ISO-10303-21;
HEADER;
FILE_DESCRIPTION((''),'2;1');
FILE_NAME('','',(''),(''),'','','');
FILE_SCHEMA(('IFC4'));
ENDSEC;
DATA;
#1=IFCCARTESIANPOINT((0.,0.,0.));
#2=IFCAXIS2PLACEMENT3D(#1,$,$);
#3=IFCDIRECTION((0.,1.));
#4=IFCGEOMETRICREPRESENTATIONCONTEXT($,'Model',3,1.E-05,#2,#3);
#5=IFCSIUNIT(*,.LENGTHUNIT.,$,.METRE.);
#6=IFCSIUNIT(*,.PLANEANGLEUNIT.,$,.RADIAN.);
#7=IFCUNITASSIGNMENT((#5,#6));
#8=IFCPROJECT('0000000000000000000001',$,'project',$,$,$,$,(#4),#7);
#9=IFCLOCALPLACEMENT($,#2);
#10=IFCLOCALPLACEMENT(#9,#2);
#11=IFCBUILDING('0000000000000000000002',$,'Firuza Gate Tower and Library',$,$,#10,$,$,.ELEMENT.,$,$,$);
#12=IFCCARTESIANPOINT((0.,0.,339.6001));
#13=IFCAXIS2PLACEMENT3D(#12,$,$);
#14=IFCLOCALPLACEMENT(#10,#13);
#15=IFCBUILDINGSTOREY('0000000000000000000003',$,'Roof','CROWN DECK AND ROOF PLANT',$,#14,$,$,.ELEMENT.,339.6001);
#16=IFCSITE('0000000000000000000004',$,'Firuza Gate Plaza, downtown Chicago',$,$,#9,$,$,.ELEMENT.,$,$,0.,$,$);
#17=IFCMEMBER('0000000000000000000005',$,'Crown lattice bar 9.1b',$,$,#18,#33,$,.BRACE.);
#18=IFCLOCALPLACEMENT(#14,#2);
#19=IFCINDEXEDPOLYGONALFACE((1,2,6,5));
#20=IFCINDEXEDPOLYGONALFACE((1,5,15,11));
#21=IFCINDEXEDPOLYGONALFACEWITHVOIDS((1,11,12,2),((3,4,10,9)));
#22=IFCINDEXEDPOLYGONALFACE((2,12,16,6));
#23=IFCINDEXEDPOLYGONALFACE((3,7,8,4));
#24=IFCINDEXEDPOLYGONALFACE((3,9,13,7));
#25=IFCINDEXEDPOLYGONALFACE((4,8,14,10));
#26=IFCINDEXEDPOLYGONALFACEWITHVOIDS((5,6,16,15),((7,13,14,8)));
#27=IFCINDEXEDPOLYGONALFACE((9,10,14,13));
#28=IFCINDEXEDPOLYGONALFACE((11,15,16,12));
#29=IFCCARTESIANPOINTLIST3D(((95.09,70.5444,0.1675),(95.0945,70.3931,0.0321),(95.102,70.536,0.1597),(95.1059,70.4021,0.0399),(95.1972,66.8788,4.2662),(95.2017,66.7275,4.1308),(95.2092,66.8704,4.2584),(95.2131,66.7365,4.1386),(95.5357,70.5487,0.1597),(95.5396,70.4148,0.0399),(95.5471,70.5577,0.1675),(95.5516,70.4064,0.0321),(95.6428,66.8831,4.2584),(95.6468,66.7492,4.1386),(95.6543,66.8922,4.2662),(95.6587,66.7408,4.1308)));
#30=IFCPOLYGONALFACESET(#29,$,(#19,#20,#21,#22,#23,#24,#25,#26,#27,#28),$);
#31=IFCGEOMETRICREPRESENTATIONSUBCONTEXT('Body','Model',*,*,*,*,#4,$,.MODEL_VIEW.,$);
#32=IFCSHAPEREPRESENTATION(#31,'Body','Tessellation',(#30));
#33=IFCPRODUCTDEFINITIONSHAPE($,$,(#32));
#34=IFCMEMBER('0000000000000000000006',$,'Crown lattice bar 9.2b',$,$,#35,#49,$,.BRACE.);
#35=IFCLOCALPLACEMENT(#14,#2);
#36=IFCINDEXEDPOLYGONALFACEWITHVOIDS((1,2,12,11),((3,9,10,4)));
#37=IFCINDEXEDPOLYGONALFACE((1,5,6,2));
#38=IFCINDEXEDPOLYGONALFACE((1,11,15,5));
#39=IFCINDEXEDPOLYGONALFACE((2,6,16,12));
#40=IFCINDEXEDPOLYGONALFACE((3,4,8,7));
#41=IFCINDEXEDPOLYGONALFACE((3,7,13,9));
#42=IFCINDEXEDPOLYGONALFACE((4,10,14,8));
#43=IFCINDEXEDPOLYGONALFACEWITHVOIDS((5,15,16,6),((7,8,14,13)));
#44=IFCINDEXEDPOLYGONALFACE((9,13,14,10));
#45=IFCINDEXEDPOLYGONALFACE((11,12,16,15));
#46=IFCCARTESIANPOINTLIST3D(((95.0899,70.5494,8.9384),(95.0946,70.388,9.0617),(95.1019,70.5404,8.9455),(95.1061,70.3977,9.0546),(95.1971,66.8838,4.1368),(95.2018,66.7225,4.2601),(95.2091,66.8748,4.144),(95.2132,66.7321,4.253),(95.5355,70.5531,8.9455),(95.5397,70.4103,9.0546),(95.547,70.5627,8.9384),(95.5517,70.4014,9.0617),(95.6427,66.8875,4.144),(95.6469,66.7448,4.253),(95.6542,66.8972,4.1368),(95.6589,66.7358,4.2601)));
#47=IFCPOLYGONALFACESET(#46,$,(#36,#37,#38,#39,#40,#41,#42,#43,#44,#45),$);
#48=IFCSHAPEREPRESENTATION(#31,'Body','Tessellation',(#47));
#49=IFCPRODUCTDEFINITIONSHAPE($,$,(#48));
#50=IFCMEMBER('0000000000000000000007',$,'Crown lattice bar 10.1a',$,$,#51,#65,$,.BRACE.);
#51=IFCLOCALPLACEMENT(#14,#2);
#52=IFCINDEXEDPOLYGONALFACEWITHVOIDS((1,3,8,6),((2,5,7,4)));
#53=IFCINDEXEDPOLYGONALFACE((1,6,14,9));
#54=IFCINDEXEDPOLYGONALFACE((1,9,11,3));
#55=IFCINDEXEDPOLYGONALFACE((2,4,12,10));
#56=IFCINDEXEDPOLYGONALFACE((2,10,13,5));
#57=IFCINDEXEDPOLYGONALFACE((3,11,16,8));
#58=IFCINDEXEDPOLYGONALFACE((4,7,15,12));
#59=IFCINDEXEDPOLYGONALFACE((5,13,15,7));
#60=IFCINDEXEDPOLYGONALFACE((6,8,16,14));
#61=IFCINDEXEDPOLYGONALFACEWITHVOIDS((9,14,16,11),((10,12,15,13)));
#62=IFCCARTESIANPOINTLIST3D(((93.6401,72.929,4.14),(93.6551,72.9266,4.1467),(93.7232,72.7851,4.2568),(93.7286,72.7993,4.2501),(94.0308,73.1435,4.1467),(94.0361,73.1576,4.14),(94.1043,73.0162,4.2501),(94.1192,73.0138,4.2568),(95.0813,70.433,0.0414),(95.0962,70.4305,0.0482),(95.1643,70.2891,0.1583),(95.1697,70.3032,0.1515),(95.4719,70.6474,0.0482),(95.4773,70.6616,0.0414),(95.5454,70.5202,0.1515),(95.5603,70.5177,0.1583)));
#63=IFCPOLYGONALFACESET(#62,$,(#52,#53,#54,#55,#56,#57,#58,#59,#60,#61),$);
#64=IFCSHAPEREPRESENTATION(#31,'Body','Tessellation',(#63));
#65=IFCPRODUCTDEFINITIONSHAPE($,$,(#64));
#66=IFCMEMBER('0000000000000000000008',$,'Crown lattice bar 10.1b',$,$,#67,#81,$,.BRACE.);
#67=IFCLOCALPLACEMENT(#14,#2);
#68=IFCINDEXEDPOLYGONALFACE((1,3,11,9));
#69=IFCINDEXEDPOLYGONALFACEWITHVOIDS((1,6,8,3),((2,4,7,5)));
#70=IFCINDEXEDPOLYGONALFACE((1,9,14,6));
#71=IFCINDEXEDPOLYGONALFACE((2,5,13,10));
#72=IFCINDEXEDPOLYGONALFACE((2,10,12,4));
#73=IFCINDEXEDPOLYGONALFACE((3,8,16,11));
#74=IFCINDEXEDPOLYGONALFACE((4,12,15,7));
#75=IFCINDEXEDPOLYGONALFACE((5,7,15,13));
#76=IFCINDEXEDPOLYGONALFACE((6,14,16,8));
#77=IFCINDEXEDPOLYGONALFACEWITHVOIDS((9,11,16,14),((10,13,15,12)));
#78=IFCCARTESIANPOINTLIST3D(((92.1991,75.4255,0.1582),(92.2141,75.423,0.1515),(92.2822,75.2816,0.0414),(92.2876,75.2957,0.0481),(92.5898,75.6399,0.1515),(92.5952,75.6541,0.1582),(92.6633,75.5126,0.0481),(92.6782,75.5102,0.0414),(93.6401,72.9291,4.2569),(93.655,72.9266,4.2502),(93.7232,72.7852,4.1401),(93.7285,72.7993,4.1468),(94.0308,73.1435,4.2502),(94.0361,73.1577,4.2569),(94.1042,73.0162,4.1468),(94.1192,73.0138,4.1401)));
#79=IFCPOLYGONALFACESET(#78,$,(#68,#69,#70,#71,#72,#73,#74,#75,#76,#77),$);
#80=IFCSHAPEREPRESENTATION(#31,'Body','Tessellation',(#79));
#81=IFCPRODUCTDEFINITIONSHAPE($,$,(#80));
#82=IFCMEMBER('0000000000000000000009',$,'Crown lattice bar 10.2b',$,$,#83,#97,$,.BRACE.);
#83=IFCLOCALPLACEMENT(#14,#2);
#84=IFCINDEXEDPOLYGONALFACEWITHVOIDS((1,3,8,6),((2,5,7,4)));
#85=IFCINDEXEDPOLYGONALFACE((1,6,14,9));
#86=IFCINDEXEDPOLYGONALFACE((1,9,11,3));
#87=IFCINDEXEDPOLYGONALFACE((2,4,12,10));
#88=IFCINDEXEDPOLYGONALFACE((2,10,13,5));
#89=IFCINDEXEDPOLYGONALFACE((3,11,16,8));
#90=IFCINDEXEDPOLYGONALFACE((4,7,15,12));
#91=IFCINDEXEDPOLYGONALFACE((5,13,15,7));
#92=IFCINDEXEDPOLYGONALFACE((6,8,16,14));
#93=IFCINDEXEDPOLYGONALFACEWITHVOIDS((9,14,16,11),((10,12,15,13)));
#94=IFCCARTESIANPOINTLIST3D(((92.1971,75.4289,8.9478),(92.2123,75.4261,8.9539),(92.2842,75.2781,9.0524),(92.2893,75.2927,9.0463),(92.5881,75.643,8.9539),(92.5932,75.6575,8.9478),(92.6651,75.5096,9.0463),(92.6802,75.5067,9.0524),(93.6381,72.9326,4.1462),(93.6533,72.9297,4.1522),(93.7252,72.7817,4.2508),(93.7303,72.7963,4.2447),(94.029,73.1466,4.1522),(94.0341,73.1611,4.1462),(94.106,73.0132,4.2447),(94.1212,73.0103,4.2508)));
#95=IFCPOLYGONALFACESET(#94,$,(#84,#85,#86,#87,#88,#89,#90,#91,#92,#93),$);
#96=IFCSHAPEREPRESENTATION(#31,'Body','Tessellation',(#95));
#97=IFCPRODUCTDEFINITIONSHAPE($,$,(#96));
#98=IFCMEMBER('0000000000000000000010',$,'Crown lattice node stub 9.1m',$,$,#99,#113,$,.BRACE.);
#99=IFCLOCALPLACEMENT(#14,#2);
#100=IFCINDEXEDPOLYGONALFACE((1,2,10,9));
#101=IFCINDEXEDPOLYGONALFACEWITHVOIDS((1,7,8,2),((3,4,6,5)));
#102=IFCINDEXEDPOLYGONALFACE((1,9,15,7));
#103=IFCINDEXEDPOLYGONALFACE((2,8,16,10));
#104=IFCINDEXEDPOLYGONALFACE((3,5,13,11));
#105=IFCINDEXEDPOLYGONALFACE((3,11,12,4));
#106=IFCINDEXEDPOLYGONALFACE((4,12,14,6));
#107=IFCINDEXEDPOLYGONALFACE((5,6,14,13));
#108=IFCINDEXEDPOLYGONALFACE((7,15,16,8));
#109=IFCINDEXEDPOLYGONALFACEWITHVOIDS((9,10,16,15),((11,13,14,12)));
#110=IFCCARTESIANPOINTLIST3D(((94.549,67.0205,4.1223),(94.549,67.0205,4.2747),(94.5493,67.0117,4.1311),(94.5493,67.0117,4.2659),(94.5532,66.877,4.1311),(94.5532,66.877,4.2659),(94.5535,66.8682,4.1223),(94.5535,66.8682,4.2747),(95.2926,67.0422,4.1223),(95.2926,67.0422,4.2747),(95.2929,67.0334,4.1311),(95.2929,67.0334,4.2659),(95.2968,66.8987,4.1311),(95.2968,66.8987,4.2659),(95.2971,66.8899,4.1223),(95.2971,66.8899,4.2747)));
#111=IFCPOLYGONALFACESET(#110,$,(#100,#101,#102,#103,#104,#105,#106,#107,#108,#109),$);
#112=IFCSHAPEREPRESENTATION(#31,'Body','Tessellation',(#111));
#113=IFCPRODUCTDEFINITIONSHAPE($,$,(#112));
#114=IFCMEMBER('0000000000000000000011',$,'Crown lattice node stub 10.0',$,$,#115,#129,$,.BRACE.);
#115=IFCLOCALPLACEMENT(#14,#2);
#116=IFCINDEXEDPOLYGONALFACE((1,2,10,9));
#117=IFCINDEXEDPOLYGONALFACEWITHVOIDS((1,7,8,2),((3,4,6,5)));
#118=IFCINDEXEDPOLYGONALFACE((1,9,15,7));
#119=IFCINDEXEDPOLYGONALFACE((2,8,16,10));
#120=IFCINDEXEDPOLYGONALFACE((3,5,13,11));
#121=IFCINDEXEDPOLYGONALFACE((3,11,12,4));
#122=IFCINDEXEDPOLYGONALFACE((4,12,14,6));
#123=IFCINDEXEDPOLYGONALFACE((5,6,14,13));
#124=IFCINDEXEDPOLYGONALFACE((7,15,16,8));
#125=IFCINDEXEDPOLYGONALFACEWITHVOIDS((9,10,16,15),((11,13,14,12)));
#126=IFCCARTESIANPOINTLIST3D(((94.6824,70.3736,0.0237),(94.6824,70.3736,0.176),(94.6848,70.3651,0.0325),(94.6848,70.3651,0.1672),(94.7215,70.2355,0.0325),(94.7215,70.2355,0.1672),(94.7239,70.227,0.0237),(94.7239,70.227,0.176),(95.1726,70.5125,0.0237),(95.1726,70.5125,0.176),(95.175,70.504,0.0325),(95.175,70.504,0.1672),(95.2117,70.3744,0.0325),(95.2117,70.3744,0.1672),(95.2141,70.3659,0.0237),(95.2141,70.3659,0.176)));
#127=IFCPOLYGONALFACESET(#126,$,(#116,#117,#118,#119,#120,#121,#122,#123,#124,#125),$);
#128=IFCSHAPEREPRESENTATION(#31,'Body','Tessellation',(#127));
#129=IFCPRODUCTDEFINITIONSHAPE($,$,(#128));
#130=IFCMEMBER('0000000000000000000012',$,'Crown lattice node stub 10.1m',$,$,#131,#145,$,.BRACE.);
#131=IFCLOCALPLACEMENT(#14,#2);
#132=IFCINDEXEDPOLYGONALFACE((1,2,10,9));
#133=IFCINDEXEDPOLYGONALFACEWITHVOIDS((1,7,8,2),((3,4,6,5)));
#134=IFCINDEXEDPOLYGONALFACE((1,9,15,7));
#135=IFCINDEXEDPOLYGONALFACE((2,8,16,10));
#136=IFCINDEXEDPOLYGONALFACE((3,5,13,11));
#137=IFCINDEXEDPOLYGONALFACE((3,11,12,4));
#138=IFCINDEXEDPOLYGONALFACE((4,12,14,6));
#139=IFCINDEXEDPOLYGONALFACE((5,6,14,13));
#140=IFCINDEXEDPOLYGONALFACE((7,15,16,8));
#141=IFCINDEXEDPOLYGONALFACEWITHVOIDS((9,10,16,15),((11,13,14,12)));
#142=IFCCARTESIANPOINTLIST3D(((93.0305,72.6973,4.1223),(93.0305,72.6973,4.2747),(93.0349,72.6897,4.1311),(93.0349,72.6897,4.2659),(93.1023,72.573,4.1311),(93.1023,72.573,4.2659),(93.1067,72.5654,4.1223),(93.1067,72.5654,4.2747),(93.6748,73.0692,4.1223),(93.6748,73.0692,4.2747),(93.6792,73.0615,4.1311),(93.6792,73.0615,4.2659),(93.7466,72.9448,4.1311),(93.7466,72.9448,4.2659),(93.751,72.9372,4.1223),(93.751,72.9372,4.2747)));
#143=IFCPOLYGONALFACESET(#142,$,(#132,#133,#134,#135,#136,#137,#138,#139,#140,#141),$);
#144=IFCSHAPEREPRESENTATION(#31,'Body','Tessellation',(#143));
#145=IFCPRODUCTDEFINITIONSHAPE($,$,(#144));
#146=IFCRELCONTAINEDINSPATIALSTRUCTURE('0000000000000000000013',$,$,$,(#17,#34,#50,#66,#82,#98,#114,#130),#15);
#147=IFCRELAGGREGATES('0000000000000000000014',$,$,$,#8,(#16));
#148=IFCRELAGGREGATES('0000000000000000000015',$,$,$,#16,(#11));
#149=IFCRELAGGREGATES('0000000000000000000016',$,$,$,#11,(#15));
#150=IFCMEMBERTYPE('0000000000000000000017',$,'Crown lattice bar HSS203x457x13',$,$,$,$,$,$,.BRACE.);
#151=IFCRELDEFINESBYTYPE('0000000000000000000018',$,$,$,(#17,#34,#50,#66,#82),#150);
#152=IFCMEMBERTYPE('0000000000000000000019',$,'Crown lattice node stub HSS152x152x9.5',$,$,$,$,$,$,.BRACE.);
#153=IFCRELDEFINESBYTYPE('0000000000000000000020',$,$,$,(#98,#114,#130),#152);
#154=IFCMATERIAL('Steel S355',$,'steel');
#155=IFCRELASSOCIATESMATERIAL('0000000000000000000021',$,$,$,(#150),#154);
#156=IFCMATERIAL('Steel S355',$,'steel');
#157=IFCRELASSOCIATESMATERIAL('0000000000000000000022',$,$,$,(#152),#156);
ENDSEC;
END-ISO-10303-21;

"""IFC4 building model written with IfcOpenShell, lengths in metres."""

from ifc_helpers import new_model, si_unit, direction, frame, origin, origin_2d, place, context, subcontext, project, spatial, hollow_rectangle, extrude, material, material_profile, profile_set, type_object, element, save


model = new_model("IFC4")

# Units and contexts
model_context = context("Model", 3, precision=1e-05, world=origin(), true_north=direction((0.0, 1.0)))
body_context = subcontext(model_context, "Body", "Model", "MODEL_VIEW")
ifc_project = project(units=[si_unit("LENGTHUNIT", "METRE"), si_unit("PLANEANGLEUNIT", "RADIAN")], contexts=[model_context])

# Site, building, storey
site_placement = place(None, origin())
site = spatial("IfcSite", under=ifc_project, at=site_placement, Name="Firuza Gate Plaza, downtown Chicago", CompositionType="ELEMENT", RefElevation=0.0)
building_placement = place(site_placement, origin())
building = spatial("IfcBuilding", under=site, at=building_placement, Name="Firuza Gate Tower and Library", CompositionType="ELEMENT")
storey_placement = place(building_placement, frame((0.0, 0.0, 339.6001)))
storey = spatial("IfcBuildingStorey", under=building, at=storey_placement, Name="Roof", Description="CROWN DECK AND ROOF PLANT", CompositionType="ELEMENT", Elevation=339.6001)

# Members
ifc_material_1 = material(Name="Steel S355", Category="steel")
ifc_material_profile_1 = material_profile(ifc_material_1, hollow_rectangle(XDim=0.4573, YDim=0.2031, WallThickness=0.0117, at=origin_2d()))
ifc_profile_set_1 = profile_set([ifc_material_profile_1], Name="Steel S355")
member_type_1 = type_object("IfcMemberType", Name="Crown lattice bar HSS203x457x13", PredefinedType="BRACE", material=ifc_profile_set_1)
member_1_placement = place(storey_placement, frame((95.428, 66.8098, 4.1985), z_axis=(-0.019488, 0.6665, -0.745251), x_axis=(-0.999573, -0.029227, 0.0)))
element("IfcMember", 1, at=member_1_placement, inside=storey, type_object=member_type_1, Name="Crown lattice bar 9.1b", PredefinedType="BRACE", context=body_context, shape_type="SweptSolid", body=[
    extrude(hollow_rectangle(XDim=0.4573, YDim=0.2031, WallThickness=0.0117, at=origin_2d()), origin(), (0.0, 0.0, 1.0), 5.4998),
])
member_2_placement = place(storey_placement, frame((95.428, 66.8098, 4.1985), z_axis=(-0.01774, 0.606705, 0.794729), x_axis=(-0.999573, -0.029227, 0.0)))
element("IfcMember", 2, at=member_2_placement, inside=storey, type_object=member_type_1, Name="Crown lattice bar 9.2b", PredefinedType="BRACE", context=body_context, shape_type="SweptSolid", body=[
    extrude(hollow_rectangle(XDim=0.4573, YDim=0.2031, WallThickness=0.0117, at=origin_2d()), origin(), (0.0, 0.0, 1.0), 6.0417),
])
member_3_placement = place(storey_placement, frame((95.3208, 70.4753, 0.0999), z_axis=(-0.287622, 0.498162, 0.817991), x_axis=(-0.866019, -0.500011, 0.0)))
element("IfcMember", 3, at=member_3_placement, inside=storey, type_object=member_type_1, Name="Crown lattice bar 10.1a", PredefinedType="BRACE", context=body_context, shape_type="SweptSolid", body=[
    extrude(hollow_rectangle(XDim=0.4573, YDim=0.2031, WallThickness=0.0117, at=origin_2d()), origin(), (0.0, 0.0, 1.0), 5.0105),
])
member_4_placement = place(storey_placement, frame((93.8796, 72.9714, 4.1985), z_axis=(-0.28757, 0.498205, -0.817982), x_axis=(-0.866077, -0.499911, 0.0)))
element("IfcMember", 4, at=member_4_placement, inside=storey, type_object=member_type_1, Name="Crown lattice bar 10.1b", PredefinedType="BRACE", context=body_context, shape_type="SweptSolid", body=[
    extrude(hollow_rectangle(XDim=0.4573, YDim=0.2031, WallThickness=0.0117, at=origin_2d()), origin(), (0.0, 0.0, 1.0), 5.0107),
])
member_5_placement = place(storey_placement, frame((93.8796, 72.9714, 4.1985), z_axis=(-0.257297, 0.445757, 0.857379), x_axis=(-0.866077, -0.499911, 0.0)))
element("IfcMember", 5, at=member_5_placement, inside=storey, type_object=member_type_1, Name="Crown lattice bar 10.2b", PredefinedType="BRACE", context=body_context, shape_type="SweptSolid", body=[
    extrude(hollow_rectangle(XDim=0.4573, YDim=0.2031, WallThickness=0.0117, at=origin_2d()), origin(), (0.0, 0.0, 1.0), 5.6003),
])
ifc_material_2 = material(Name="Steel S355", Category="steel")
ifc_material_profile_2 = material_profile(ifc_material_2, hollow_rectangle(XDim=0.1523, YDim=0.1523, WallThickness=0.0088, at=origin_2d()))
ifc_profile_set_2 = profile_set([ifc_material_profile_2], Name="Steel S355")
member_type_2 = type_object("IfcMemberType", Name="Crown lattice node stub HSS152x152x9.5", PredefinedType="BRACE", material=ifc_profile_set_2)
member_6_placement = place(storey_placement, frame((94.5513, 66.9443, 4.1985), z_axis=(0.999573, 0.029206, 0.0), x_axis=(-0.029206, 0.999573, 0.0)))
element("IfcMember", 6, at=member_6_placement, inside=storey, type_object=member_type_2, Name="Crown lattice node stub 9.1m", PredefinedType="BRACE", context=body_context, shape_type="SweptSolid", body=[
    extrude(hollow_rectangle(XDim=0.1523, YDim=0.1523, WallThickness=0.0088, at=origin_2d()), origin(), (0.0, 0.0, 1.0), 0.7439),
])
member_7_placement = place(storey_placement, frame((94.7031, 70.3003, 0.0999), z_axis=(0.962118, 0.272632, 0.0), x_axis=(-0.272632, 0.962118, 0.0)))
element("IfcMember", 7, at=member_7_placement, inside=storey, type_object=member_type_2, Name="Crown lattice node stub 10.0", PredefinedType="BRACE", context=body_context, shape_type="SweptSolid", body=[
    extrude(hollow_rectangle(XDim=0.1523, YDim=0.1523, WallThickness=0.0088, at=origin_2d()), origin(), (0.0, 0.0, 1.0), 0.5095),
])
member_8_placement = place(storey_placement, frame((93.0686, 72.6313, 4.1985), z_axis=(0.866115, 0.499846, 0.0), x_axis=(-0.499846, 0.866115, 0.0)))
element("IfcMember", 8, at=member_8_placement, inside=storey, type_object=member_type_2, Name="Crown lattice node stub 10.1m", PredefinedType="BRACE", context=body_context, shape_type="SweptSolid", body=[
    extrude(hollow_rectangle(XDim=0.1523, YDim=0.1523, WallThickness=0.0088, at=origin_2d()), origin(), (0.0, 0.0, 1.0), 0.7439),
])

save(model, "model.ifc")
